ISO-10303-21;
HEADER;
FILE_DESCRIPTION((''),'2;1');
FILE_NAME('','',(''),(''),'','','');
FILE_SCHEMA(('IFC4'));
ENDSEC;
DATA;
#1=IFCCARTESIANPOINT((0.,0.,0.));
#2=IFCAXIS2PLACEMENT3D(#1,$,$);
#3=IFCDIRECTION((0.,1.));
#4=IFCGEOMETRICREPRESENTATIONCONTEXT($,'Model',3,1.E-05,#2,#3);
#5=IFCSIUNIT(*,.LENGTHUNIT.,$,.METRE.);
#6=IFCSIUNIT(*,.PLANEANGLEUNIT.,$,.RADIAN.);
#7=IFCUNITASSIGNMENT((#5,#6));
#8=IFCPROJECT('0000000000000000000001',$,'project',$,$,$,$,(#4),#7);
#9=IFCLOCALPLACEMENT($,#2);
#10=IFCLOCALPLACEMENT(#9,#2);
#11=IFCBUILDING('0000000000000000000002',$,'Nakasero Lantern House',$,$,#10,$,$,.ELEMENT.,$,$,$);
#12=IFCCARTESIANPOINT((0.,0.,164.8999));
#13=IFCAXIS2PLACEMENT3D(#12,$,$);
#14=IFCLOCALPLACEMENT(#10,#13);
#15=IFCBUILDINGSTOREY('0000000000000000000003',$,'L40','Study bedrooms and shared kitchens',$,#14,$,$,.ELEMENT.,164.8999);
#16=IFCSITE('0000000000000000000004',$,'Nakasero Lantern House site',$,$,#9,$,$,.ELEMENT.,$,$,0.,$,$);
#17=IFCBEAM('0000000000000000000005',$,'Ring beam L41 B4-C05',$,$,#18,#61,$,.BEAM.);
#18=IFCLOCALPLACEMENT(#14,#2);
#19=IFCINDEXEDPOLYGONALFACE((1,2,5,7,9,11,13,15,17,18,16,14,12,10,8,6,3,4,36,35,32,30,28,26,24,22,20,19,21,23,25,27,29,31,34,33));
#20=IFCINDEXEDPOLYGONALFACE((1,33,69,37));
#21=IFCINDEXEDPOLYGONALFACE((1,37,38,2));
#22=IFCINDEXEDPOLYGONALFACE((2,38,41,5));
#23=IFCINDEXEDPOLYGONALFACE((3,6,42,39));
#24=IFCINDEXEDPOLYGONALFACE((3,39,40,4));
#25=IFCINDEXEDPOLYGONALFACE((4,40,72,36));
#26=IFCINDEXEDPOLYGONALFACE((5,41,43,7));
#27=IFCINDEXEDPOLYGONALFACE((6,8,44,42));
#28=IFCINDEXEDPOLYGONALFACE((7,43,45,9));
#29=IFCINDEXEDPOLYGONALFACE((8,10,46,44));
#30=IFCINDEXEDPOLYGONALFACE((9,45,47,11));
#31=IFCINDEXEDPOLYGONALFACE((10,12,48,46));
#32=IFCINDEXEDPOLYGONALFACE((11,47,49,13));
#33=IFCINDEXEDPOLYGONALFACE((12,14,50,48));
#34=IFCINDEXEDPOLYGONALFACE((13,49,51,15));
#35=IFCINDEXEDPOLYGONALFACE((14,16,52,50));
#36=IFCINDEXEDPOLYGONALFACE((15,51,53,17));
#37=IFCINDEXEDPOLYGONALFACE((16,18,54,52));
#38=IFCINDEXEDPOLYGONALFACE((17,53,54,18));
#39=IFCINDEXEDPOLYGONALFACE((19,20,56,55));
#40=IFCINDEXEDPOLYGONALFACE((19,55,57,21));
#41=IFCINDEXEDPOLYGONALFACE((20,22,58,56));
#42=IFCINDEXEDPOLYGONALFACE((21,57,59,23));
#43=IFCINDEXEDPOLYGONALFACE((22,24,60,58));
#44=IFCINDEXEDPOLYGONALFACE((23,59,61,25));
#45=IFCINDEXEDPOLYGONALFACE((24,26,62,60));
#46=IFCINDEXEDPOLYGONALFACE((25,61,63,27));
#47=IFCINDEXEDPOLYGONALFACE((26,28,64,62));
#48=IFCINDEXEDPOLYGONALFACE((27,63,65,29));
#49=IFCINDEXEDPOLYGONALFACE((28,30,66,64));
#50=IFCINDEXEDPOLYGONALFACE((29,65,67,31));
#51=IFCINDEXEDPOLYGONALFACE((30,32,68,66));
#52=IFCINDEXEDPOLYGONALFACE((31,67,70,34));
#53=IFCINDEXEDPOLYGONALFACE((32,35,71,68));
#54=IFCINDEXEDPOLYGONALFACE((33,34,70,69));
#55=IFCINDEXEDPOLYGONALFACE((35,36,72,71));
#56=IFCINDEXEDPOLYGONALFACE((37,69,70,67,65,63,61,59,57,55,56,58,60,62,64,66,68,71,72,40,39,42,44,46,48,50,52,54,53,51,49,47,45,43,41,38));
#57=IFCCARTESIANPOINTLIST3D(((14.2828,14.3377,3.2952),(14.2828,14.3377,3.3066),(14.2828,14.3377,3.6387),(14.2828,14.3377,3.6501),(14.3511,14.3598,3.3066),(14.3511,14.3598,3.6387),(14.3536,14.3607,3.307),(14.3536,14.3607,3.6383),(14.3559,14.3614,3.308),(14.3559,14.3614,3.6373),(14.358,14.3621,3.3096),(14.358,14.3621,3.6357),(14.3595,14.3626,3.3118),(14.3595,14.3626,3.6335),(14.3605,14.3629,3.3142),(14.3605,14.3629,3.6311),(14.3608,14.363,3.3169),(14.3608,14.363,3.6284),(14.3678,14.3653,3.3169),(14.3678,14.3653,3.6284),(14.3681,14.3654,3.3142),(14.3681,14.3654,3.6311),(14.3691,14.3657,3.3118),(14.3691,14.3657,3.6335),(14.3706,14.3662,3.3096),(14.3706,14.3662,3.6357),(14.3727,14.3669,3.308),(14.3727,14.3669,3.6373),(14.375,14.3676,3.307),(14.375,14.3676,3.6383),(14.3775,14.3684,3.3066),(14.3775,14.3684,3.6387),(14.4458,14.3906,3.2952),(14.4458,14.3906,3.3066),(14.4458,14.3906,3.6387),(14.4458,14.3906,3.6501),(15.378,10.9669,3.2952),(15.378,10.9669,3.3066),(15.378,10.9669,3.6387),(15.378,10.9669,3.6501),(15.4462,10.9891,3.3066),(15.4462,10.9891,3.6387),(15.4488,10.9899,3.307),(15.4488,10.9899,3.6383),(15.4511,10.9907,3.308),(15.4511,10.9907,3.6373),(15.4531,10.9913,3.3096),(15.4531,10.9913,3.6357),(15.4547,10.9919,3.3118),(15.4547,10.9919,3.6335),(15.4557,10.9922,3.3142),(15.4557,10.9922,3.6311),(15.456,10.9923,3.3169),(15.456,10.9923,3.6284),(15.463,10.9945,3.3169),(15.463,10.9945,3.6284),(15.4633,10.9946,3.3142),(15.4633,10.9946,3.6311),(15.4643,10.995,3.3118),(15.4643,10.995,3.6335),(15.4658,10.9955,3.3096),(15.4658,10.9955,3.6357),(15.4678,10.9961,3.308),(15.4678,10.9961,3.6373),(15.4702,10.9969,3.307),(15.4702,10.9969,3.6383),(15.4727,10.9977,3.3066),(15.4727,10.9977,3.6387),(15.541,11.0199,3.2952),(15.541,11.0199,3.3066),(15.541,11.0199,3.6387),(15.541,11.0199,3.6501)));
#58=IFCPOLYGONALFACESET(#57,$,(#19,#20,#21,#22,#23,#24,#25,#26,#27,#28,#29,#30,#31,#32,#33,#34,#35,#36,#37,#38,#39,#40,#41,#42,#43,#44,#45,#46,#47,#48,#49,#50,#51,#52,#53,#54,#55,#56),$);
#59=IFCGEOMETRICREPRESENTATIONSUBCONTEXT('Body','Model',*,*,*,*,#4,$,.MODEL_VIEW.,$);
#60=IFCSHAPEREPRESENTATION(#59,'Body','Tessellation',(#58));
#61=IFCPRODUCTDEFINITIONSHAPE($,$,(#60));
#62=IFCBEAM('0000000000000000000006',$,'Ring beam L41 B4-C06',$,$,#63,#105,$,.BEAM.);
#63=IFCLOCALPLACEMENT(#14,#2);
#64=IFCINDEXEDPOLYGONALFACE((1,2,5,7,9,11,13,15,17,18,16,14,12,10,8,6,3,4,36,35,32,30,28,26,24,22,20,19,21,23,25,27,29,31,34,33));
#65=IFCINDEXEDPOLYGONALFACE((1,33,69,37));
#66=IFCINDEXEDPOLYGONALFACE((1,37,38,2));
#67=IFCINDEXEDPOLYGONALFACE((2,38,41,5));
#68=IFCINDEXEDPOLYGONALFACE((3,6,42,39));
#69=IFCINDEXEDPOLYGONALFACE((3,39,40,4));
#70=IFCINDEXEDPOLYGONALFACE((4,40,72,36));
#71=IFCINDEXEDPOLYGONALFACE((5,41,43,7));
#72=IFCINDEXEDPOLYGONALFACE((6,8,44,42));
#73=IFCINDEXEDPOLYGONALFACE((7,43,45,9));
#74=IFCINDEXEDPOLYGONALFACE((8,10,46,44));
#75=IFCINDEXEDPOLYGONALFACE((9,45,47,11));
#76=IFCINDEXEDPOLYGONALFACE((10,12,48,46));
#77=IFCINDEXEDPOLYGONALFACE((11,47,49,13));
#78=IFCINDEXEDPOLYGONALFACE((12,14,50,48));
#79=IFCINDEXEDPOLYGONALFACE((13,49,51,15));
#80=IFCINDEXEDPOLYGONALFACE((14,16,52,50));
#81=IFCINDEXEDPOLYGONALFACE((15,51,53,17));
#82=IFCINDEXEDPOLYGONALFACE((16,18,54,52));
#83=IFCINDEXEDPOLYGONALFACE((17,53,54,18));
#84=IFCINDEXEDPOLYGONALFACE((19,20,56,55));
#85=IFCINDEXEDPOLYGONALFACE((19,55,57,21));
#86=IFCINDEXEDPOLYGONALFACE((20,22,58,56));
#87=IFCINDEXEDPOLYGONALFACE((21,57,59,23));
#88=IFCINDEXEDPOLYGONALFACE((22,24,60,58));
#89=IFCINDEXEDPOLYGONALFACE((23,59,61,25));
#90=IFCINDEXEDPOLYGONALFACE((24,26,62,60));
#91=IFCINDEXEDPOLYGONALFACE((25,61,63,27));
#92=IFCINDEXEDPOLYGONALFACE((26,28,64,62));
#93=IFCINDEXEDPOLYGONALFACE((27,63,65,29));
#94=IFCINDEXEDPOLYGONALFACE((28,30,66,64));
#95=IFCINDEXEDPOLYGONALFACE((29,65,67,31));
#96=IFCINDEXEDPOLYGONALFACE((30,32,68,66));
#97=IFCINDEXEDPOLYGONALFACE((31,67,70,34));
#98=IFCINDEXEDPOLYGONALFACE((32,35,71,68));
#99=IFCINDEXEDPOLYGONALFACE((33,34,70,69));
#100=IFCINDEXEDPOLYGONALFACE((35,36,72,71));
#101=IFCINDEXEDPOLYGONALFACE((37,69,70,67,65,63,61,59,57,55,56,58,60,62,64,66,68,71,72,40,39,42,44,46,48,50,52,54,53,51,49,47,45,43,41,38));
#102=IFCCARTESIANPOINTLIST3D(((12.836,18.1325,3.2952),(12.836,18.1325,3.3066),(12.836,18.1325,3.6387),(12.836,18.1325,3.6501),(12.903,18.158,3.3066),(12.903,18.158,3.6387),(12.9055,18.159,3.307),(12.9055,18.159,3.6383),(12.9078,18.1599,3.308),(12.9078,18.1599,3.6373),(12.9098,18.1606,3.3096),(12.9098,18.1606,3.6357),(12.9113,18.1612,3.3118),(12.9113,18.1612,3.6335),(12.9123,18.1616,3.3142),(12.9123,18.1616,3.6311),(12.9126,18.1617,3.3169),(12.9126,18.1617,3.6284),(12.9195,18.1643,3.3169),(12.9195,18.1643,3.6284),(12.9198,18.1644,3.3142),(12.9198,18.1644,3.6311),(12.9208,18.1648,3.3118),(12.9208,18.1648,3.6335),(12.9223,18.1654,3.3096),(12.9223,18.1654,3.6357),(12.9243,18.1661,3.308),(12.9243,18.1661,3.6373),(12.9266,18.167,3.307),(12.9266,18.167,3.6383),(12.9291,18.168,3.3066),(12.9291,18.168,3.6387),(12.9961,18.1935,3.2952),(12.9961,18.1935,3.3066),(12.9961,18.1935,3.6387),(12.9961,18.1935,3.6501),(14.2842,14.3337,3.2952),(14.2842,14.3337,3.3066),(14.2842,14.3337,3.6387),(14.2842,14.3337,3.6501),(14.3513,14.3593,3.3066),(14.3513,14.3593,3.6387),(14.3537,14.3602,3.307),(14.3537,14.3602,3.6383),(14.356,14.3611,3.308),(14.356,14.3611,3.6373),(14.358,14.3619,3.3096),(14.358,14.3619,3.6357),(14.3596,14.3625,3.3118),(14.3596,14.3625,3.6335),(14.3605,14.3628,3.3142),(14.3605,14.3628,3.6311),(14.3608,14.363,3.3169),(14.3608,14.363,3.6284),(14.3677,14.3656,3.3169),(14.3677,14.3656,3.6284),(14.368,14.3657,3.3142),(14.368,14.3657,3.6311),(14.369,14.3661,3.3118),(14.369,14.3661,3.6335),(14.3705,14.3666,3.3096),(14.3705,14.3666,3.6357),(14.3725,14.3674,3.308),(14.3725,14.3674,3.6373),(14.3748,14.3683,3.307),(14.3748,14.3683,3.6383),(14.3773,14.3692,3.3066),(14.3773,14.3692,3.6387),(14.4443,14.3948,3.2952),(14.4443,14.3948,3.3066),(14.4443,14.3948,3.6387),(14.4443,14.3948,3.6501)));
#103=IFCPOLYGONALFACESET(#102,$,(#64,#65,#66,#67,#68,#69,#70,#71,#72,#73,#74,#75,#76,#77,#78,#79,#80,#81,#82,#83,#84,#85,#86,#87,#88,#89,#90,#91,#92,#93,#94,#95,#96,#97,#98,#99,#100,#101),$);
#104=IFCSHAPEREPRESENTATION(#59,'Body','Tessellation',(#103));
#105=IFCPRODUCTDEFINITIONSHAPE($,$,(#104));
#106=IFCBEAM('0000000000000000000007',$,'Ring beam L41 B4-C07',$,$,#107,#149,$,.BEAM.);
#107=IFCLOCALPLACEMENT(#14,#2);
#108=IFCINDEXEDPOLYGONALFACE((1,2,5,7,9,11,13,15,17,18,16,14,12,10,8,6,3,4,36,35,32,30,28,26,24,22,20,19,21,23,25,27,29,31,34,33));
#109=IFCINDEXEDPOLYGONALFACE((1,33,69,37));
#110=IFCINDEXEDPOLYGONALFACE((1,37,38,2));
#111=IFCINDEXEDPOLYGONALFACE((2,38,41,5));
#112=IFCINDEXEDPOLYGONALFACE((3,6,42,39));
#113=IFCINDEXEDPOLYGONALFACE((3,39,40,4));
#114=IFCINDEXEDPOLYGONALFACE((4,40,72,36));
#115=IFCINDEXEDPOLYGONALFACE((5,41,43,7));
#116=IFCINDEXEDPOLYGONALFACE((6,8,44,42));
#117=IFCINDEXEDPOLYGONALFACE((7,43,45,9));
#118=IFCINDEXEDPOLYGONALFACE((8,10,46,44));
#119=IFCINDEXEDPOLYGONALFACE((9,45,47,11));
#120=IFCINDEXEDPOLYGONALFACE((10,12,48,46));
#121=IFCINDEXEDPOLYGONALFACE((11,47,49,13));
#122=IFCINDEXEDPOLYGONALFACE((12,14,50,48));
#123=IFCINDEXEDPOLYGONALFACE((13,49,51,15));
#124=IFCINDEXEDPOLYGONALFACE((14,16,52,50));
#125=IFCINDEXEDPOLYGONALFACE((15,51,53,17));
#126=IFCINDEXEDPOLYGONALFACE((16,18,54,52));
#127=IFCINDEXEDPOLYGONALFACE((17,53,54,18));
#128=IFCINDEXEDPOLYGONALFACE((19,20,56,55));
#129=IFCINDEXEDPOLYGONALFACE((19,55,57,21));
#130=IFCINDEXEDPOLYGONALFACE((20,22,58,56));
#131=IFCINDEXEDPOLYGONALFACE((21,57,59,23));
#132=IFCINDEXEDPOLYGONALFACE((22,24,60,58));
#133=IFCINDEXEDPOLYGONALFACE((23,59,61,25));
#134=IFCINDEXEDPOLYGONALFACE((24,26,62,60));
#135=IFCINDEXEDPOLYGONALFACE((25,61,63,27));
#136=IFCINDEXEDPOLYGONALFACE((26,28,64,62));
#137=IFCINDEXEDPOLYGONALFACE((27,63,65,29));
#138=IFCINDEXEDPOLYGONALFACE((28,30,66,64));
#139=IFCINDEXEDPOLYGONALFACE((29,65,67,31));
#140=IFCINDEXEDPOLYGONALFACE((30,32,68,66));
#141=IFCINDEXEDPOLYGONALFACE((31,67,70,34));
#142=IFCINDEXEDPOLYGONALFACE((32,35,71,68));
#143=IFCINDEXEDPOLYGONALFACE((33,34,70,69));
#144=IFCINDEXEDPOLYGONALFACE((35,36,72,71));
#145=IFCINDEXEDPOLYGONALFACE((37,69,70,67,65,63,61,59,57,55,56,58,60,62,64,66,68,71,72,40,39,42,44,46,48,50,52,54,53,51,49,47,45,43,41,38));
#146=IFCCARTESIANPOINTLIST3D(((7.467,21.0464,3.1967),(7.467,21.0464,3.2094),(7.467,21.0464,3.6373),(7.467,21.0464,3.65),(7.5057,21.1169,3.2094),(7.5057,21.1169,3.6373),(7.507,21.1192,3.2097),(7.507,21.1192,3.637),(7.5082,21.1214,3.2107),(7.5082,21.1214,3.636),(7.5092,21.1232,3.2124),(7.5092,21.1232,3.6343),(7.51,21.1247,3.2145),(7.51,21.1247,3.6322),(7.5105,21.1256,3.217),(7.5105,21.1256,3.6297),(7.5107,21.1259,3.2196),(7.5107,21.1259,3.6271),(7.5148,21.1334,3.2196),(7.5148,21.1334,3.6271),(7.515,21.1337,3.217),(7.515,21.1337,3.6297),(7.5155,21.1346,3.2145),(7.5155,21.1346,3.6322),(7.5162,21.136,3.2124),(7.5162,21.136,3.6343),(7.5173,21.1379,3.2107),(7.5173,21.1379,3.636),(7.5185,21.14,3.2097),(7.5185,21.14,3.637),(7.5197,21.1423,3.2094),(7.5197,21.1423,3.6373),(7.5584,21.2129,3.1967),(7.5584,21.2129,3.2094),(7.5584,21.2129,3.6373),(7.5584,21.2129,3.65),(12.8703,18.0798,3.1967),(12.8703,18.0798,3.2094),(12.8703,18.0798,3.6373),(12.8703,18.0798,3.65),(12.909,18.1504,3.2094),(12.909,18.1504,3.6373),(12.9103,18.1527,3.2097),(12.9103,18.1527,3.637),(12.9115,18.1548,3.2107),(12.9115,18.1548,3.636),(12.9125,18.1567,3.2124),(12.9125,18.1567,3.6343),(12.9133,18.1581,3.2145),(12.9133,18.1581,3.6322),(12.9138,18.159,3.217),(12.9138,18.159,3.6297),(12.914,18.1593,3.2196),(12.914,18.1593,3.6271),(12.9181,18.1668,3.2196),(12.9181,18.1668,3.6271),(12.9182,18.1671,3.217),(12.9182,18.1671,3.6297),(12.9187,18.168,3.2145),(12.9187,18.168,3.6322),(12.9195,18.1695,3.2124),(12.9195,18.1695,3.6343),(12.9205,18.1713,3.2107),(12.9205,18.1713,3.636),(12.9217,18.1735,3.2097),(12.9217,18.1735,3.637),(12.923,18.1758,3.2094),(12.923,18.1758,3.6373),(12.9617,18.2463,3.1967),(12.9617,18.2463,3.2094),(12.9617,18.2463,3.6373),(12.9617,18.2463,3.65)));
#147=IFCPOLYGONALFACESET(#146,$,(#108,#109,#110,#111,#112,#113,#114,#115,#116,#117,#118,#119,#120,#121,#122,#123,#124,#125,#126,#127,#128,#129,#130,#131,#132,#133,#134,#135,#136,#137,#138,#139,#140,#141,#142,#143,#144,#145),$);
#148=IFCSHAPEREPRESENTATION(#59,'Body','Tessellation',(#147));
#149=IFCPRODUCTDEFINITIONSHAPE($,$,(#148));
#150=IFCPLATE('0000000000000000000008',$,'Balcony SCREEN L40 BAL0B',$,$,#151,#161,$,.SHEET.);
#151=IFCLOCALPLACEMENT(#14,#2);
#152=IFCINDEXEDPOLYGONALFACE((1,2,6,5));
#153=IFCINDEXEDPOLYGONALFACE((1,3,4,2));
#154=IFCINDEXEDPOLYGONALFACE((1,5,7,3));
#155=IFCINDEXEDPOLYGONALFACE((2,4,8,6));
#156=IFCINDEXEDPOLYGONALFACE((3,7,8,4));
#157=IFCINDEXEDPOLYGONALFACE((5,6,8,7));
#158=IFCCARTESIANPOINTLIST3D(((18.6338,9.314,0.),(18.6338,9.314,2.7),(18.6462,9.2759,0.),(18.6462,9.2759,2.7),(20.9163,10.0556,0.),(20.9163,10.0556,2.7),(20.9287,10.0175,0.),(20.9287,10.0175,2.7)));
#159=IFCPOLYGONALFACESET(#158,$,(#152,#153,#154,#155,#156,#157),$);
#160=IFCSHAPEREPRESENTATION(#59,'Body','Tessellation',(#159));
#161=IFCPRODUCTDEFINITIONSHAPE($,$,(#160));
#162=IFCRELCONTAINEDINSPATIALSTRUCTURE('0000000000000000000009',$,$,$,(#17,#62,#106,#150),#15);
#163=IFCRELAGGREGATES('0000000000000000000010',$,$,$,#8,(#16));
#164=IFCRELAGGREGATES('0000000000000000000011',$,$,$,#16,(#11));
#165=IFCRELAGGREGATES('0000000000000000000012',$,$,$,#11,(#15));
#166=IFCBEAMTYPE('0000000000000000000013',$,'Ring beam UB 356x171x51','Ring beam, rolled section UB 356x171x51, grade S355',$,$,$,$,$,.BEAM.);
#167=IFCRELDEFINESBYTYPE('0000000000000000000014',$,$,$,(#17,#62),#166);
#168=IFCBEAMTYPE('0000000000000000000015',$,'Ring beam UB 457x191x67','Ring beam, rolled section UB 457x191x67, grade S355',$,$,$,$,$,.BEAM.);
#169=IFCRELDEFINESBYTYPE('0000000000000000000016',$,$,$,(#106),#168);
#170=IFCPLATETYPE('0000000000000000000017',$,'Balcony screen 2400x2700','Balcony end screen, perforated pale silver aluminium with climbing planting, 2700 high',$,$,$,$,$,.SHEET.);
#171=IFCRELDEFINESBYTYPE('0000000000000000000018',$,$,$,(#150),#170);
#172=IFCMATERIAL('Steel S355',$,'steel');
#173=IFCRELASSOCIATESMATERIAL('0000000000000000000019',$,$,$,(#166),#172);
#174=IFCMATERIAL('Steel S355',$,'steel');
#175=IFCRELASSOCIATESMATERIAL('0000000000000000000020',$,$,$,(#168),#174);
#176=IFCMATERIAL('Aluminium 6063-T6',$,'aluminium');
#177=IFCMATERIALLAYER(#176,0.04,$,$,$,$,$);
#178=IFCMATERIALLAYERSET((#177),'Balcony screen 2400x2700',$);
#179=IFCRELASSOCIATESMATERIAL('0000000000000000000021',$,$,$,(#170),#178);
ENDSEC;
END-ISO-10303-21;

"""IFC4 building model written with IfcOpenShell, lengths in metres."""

from ifc_helpers import new_model, si_unit, direction, frame, origin, origin_2d, place, context, subcontext, project, spatial, rectangle, i_section, extrude, material, layer, layer_set, material_profile, profile_set, type_object, element, save


model = new_model("IFC4")

# Units and contexts
model_context = context("Model", 3, precision=1e-05, world=origin(), true_north=direction((0.0, 1.0)))
body_context = subcontext(model_context, "Body", "Model", "MODEL_VIEW")
ifc_project = project(units=[si_unit("LENGTHUNIT", "METRE"), si_unit("PLANEANGLEUNIT", "RADIAN")], contexts=[model_context])

# Site, building, storey
site_placement = place(None, origin())
site = spatial("IfcSite", under=ifc_project, at=site_placement, Name="Nakasero Lantern House site", CompositionType="ELEMENT", RefElevation=0.0)
building_placement = place(site_placement, origin())
building = spatial("IfcBuilding", under=site, at=building_placement, Name="Nakasero Lantern House", CompositionType="ELEMENT")
storey_placement = place(building_placement, frame((0.0, 0.0, 164.8999)))
storey = spatial("IfcBuildingStorey", under=building, at=storey_placement, Name="L40", Description="Study bedrooms and shared kitchens", CompositionType="ELEMENT", Elevation=164.8999)

# Beams
ifc_material_1 = material(Name="Steel S355", Category="steel")
ifc_material_profile_1 = material_profile(ifc_material_1, i_section(OverallWidth=0.1714, OverallDepth=0.355, WebThickness=0.0073, FlangeThickness=0.0115, FilletRadius=0.0103, at=origin_2d()), Name="UB 356x171x51")
ifc_profile_set_1 = profile_set([ifc_material_profile_1], Name="Steel S355")
beam_type_1 = type_object("IfcBeamType", Name="Ring beam UB 356x171x51", Description="Ring beam, rolled section UB 356x171x51, grade S355", PredefinedType="BEAM", material=ifc_profile_set_1)
beam_1_placement = place(storey_placement, frame((15.4595, 10.9934, 3.4727), z_axis=(-0.309007, 0.95106, 0.0), x_axis=(-0.95106, -0.309007, 0.0)))
element("IfcBeam", 1, at=beam_1_placement, inside=storey, type_object=beam_type_1, Name="Ring beam L41 B4-C05", PredefinedType="BEAM", context=body_context, shape_type="SweptSolid", body=[
    extrude(i_section(OverallWidth=0.1714, OverallDepth=0.355, WebThickness=0.0073, FlangeThickness=0.0115, FilletRadius=0.0103, at=origin_2d()), origin(), (0.0, 0.0, 1.0), 3.5442),
])
beam_2_placement = place(storey_placement, frame((14.3643, 14.3643, 3.4727), z_axis=(-0.356225, 0.9344, 0.0), x_axis=(-0.9344, -0.356225, 0.0)))
element("IfcBeam", 2, at=beam_2_placement, inside=storey, type_object=beam_type_1, Name="Ring beam L41 B4-C06", PredefinedType="BEAM", context=body_context, shape_type="SweptSolid", body=[
    extrude(i_section(OverallWidth=0.1714, OverallDepth=0.355, WebThickness=0.0073, FlangeThickness=0.0115, FilletRadius=0.0103, at=origin_2d()), origin(), (0.0, 0.0, 1.0), 4.0654),
])
ifc_material_2 = material(Name="Steel S355", Category="steel")
ifc_material_profile_2 = material_profile(ifc_material_2, i_section(OverallWidth=0.1899, OverallDepth=0.4534, WebThickness=0.0085, FlangeThickness=0.0127, FilletRadius=0.0103, at=origin_2d()), Name="UB 457x191x67")
ifc_profile_set_2 = profile_set([ifc_material_profile_2], Name="Steel S355")
beam_type_2 = type_object("IfcBeamType", Name="Ring beam UB 457x191x67", Description="Ring beam, rolled section UB 457x191x67, grade S355", PredefinedType="BEAM", material=ifc_profile_set_2)
beam_3_placement = place(storey_placement, frame((12.916, 18.1631, 3.4233), z_axis=(-0.876577, 0.481262, 0.0), x_axis=(-0.481262, -0.876577, 0.0)))
element("IfcBeam", 3, at=beam_3_placement, inside=storey, type_object=beam_type_2, Name="Ring beam L41 B4-C07", PredefinedType="BEAM", context=body_context, shape_type="SweptSolid", body=[
    extrude(i_section(OverallWidth=0.1899, OverallDepth=0.4534, WebThickness=0.0085, FlangeThickness=0.0127, FilletRadius=0.0103, at=origin_2d()), origin(), (0.0, 0.0, 1.0), 6.1641),
])

# Plate
ifc_material_3 = material(Name="Aluminium 6063-T6", Category="aluminium")
ifc_layer_1 = layer(ifc_material_3, 0.04)
ifc_layer_set_1 = layer_set([ifc_layer_1], Name="Balcony screen 2400x2700")
plate_type = type_object("IfcPlateType", Name="Balcony screen 2400x2700", Description="Balcony end screen, perforated pale silver aluminium with climbing planting, 2700 high", PredefinedType="SHEET", material=ifc_layer_set_1)
plate_placement = place(storey_placement, frame((19.7812, 9.6658, 0.0), z_axis=(0.0, 0.0, 1.0), x_axis=(0.951057, 0.309017, 0.0)))
element("IfcPlate", 4, at=plate_placement, inside=storey, type_object=plate_type, Name="Balcony SCREEN L40 BAL0B", PredefinedType="SHEET", context=body_context, shape_type="SweptSolid", body=[
    extrude(rectangle(XDim=2.3999, YDim=0.04, at=origin_2d()), origin(), (0.0, 0.0, 1.0), 2.7),
])

save(model, "model.ifc")
